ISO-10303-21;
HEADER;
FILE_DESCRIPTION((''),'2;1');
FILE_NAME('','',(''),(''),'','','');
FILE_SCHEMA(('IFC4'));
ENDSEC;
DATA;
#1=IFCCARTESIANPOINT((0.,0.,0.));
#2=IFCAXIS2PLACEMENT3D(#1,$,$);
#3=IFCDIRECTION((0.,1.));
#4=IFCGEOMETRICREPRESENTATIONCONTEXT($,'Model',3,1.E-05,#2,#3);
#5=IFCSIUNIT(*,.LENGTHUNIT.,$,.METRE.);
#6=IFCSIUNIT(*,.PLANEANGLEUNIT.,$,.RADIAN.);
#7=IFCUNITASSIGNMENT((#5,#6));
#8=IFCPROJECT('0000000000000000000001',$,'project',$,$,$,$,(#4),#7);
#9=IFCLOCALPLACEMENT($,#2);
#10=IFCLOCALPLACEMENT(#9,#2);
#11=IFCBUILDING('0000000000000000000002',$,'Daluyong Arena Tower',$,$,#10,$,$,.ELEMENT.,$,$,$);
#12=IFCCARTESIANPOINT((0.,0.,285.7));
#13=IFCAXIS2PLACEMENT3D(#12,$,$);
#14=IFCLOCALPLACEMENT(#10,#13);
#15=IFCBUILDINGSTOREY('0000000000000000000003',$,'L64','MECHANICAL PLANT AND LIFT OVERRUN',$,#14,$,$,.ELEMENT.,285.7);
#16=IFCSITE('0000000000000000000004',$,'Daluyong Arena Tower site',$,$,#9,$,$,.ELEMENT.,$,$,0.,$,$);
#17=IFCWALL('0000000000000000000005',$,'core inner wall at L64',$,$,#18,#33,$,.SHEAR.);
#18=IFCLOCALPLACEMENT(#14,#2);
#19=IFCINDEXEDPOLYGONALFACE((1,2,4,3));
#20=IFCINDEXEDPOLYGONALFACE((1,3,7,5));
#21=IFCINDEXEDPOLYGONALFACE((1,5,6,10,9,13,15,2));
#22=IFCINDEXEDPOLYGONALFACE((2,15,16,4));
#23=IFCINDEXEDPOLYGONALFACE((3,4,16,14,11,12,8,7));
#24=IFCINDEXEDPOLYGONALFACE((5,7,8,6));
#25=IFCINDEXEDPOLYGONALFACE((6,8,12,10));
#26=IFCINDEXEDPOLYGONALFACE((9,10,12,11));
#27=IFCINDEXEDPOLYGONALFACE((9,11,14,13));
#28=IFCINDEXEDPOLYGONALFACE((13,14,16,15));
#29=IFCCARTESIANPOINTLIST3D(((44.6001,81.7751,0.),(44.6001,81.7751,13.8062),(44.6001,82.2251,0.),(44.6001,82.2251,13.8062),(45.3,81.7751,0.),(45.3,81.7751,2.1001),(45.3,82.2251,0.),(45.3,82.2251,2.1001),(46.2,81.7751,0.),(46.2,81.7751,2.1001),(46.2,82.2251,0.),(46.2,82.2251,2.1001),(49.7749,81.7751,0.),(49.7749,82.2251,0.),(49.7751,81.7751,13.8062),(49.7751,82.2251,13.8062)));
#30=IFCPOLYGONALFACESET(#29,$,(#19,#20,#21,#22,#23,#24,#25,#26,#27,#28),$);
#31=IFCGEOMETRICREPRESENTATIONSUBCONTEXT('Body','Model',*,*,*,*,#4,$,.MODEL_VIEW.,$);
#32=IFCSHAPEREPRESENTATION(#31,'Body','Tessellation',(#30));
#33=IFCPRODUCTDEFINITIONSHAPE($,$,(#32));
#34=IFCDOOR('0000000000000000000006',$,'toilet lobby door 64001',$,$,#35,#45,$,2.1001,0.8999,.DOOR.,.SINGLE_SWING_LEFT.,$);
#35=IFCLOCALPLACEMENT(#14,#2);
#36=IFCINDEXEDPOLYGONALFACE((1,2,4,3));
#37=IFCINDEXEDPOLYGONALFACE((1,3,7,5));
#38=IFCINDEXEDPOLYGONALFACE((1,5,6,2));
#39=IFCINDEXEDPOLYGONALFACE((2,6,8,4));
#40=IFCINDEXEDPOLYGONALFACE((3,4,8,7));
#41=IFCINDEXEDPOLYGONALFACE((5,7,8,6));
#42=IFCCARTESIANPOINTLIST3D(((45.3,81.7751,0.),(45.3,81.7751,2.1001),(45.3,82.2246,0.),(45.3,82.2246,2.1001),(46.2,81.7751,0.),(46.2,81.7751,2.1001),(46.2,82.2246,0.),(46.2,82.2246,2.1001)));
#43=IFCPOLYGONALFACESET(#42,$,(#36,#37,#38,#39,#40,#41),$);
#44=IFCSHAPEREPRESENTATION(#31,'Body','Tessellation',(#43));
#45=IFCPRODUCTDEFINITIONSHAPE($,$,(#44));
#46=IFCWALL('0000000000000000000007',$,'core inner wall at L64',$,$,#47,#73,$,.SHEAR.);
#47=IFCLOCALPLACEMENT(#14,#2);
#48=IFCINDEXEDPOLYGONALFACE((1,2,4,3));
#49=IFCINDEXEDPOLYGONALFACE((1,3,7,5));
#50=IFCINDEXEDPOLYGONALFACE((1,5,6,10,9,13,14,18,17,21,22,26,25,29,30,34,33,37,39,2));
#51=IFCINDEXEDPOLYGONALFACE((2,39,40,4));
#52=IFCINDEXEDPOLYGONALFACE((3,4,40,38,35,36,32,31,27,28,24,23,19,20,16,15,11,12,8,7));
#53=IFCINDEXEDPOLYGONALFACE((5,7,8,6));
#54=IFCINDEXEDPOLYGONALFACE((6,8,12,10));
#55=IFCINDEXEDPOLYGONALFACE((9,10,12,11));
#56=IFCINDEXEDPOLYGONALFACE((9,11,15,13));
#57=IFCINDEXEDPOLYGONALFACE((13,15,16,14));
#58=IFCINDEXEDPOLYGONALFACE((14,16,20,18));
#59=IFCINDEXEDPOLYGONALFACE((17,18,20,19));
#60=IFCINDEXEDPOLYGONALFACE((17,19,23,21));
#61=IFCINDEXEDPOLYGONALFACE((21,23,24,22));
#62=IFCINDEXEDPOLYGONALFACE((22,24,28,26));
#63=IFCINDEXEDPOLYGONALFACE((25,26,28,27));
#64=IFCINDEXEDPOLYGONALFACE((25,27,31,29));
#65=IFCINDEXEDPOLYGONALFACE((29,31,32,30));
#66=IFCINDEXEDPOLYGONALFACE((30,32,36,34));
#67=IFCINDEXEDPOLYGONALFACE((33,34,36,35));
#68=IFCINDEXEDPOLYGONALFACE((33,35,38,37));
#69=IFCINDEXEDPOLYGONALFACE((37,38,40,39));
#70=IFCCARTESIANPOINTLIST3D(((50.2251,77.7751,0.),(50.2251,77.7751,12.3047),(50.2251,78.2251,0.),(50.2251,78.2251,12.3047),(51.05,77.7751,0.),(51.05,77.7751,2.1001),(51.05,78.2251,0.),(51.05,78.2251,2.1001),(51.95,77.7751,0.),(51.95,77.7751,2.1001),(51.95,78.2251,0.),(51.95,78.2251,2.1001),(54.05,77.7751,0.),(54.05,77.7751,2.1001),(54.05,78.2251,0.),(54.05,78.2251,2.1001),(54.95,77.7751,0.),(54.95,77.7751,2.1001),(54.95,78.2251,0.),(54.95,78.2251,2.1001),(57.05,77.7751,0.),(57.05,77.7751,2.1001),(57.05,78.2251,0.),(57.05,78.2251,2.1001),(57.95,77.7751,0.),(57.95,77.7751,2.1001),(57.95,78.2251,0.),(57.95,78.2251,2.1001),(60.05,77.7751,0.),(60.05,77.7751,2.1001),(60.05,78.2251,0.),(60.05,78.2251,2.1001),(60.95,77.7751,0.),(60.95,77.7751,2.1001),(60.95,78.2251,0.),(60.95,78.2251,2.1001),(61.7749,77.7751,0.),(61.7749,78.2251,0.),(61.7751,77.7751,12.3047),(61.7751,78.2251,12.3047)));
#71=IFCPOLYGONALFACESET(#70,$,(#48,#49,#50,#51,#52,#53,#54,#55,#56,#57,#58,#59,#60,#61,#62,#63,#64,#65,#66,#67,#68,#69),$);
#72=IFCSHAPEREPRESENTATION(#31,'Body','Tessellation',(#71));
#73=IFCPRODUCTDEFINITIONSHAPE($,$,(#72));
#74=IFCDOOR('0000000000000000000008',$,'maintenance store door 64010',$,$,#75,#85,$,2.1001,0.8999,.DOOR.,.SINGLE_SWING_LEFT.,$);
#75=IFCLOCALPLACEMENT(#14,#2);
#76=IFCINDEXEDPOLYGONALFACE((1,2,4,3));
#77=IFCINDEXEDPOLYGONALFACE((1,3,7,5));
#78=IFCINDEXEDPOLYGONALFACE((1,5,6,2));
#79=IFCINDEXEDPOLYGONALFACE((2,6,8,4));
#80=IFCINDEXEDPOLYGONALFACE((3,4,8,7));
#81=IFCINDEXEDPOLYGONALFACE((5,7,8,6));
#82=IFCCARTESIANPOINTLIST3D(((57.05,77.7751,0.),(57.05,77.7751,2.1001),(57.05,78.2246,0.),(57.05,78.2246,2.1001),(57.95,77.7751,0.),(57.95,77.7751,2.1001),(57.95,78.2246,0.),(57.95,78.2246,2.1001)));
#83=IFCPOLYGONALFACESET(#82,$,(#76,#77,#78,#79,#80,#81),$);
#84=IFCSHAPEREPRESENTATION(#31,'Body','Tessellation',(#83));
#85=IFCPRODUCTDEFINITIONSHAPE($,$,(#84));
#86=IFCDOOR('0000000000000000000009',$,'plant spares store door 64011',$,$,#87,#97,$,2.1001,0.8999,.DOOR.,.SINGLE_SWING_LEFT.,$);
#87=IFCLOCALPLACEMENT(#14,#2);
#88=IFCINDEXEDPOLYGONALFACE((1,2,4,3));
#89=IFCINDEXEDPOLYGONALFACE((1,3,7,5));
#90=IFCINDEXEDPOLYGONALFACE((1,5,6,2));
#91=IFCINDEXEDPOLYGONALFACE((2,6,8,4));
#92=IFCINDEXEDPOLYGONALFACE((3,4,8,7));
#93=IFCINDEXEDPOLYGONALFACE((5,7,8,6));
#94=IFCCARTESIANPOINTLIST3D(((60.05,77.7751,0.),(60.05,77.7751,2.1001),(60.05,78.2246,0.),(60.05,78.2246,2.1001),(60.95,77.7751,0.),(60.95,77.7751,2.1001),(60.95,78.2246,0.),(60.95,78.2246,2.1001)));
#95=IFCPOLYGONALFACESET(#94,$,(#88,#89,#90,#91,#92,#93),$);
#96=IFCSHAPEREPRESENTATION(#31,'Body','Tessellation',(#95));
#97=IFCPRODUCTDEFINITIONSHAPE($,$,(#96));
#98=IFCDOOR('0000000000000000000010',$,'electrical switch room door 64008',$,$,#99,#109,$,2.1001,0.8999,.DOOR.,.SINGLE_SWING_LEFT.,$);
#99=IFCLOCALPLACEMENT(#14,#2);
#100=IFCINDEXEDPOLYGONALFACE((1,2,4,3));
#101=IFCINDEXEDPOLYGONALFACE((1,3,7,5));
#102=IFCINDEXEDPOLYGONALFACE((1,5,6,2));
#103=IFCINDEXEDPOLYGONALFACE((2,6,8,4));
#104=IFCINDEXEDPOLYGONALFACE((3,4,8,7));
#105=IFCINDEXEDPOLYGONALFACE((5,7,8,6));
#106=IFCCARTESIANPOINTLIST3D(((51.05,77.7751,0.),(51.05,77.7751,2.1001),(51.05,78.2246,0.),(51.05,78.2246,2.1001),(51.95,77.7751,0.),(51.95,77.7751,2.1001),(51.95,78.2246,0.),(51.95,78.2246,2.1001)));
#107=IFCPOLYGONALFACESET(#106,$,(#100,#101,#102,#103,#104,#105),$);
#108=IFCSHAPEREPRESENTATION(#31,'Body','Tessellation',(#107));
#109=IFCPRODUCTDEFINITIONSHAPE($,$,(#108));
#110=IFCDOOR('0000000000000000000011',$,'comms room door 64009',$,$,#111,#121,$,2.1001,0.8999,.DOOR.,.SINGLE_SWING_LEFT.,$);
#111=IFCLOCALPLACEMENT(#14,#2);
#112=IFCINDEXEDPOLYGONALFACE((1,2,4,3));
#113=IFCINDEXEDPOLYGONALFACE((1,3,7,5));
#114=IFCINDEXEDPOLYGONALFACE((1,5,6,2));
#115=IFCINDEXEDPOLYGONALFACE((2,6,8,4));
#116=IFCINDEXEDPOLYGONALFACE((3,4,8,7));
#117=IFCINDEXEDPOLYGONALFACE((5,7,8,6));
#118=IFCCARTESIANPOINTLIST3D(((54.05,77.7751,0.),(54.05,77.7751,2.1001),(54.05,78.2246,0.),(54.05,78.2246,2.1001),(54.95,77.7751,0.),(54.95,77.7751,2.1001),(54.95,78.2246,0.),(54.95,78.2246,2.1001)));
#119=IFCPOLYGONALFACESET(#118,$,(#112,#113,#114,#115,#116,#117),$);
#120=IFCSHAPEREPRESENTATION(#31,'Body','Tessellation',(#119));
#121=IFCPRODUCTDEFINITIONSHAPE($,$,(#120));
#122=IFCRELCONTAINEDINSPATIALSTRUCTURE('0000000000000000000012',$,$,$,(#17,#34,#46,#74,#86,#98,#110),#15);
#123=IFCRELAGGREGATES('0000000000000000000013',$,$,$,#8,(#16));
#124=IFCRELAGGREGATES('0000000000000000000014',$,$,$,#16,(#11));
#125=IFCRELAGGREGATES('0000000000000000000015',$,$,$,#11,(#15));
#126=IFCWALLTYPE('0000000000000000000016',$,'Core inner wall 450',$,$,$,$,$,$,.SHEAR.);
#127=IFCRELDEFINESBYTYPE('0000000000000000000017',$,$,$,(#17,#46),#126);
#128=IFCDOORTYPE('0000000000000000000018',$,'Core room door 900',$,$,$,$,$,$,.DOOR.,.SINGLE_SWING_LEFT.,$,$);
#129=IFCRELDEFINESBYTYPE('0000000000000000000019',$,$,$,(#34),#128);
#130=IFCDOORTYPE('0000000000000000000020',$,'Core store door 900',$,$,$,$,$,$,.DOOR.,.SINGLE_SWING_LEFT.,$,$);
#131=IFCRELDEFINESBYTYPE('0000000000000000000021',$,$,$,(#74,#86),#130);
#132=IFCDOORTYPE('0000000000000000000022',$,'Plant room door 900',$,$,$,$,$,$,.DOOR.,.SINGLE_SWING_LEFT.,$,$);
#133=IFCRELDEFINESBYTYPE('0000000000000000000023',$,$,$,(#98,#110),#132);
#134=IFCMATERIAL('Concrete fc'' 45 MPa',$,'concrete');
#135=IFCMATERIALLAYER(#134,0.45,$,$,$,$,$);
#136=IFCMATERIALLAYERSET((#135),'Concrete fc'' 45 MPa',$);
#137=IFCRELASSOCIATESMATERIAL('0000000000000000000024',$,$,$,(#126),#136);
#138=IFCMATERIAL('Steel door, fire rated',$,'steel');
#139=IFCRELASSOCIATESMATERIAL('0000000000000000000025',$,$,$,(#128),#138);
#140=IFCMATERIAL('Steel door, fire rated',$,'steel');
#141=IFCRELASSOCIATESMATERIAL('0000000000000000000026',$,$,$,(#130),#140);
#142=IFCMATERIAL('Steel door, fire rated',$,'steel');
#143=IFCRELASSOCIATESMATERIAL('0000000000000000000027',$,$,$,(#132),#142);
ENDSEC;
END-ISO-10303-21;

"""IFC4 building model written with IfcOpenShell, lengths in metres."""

from ifc_helpers import new_model, si_unit, direction, frame, frame_2d, origin, place, context, subcontext, project, spatial, polyline, rectangle, outline, extrude, material, layer, layer_set, type_object, element, fill, save


model = new_model("IFC4")

# Units and contexts
model_context = context("Model", 3, precision=1e-05, world=origin(), true_north=direction((0.0, 1.0)))
body_context = subcontext(model_context, "Body", "Model", "MODEL_VIEW")
ifc_project = project(units=[si_unit("LENGTHUNIT", "METRE"), si_unit("PLANEANGLEUNIT", "RADIAN")], contexts=[model_context])

# Site, building, storey
site_placement = place(None, origin())
site = spatial("IfcSite", under=ifc_project, at=site_placement, Name="Daluyong Arena Tower site", CompositionType="ELEMENT", RefElevation=0.0)
building_placement = place(site_placement, origin())
building = spatial("IfcBuilding", under=site, at=building_placement, Name="Daluyong Arena Tower", CompositionType="ELEMENT")
storey_placement = place(building_placement, frame((0.0, 0.0, 285.7)))
storey = spatial("IfcBuildingStorey", under=building, at=storey_placement, Name="L64", Description="MECHANICAL PLANT AND LIFT OVERRUN", CompositionType="ELEMENT", Elevation=285.7)

# Wall, opening, door
ifc_material_1 = material(Name="Concrete fc' 45 MPa", Category="concrete")
ifc_layer = layer(ifc_material_1, 0.45)
ifc_layer_set = layer_set([ifc_layer], Name="Concrete fc' 45 MPa")
wall_type = type_object("IfcWallType", Name="Core inner wall 450", PredefinedType="SHEAR", material=ifc_layer_set)
wall_1_placement = place(storey_placement, frame((44.6001, 82.0, 0.0), z_axis=(0.0, 0.0, 1.0), x_axis=(1.0, 0.0, 0.0)))
wall_1 = element("IfcWall", 1, at=wall_1_placement, inside=storey, type_object=wall_type, Name="core inner wall at L64", PredefinedType="SHEAR", context=body_context, shape_type="SweptSolid", body=[
    extrude(outline(polyline([(0.0, 0.0), (5.1748, 0.0), (5.175, 13.8062), (0.0, 13.8062), (0.0, 0.0)])), frame((0.0, 0.2251, 0.0), z_axis=(0.0, -1.0, 0.0), x_axis=(1.0, 0.0, 0.0)), (0.0, 0.0, 1.0), 0.45),
])
opening_1_placement = place(wall_1_placement, frame((0.7, 0.0, 0.0)))
opening_1 = element("IfcOpeningElement", 2, at=opening_1_placement, cuts=wall_1, PredefinedType="OPENING", context=body_context, shape_type="SweptSolid", body=[
    extrude(rectangle(XDim=0.8999, YDim=2.1001, at=frame_2d((0.45, 1.05))), frame((0.0, 0.2349, 0.0), z_axis=(0.0, -1.0, 0.0), x_axis=(1.0, 0.0, 0.0)), (0.0, 0.0, 1.0), 0.47),
])
ifc_material_2 = material(Name="Steel door, fire rated", Category="steel")
door_type_1 = type_object("IfcDoorType", Name="Core room door 900", OperationType="SINGLE_SWING_LEFT", PredefinedType="DOOR", material=ifc_material_2)
door_1_placement = place(opening_1_placement, origin())
door_1 = element("IfcDoor", 3, at=door_1_placement, inside=storey, type_object=door_type_1, Name="toilet lobby door 64001", OperationType="SINGLE_SWING_LEFT", OverallHeight=2.1001, OverallWidth=0.8999, PredefinedType="DOOR", context=body_context, shape_type="SweptSolid", body=[
    extrude(rectangle(XDim=0.8999, YDim=2.1001, at=frame_2d((0.45, 1.05))), frame((0.0, 0.2246, 0.0), z_axis=(0.0, -1.0, 0.0), x_axis=(1.0, 0.0, 0.0)), (0.0, 0.0, 1.0), 0.4495),
])
fill(opening_1, door_1)

# Wall, openings, doors
wall_2_placement = place(storey_placement, frame((50.2251, 78.0, 0.0), z_axis=(0.0, 0.0, 1.0), x_axis=(1.0, 0.0, 0.0)))
wall_2 = element("IfcWall", 4, at=wall_2_placement, inside=storey, type_object=wall_type, Name="core inner wall at L64", PredefinedType="SHEAR", context=body_context, shape_type="SweptSolid", body=[
    extrude(outline(polyline([(0.0, 0.0), (11.5498, 0.0), (11.55, 12.3047), (0.0, 12.3047), (0.0, 0.0)])), frame((0.0, 0.2251, 0.0), z_axis=(0.0, -1.0, 0.0), x_axis=(1.0, 0.0, 0.0)), (0.0, 0.0, 1.0), 0.45),
])
opening_2_placement = place(wall_2_placement, frame((0.825, 0.0, 0.0)))
opening_2 = element("IfcOpeningElement", 5, at=opening_2_placement, cuts=wall_2, PredefinedType="OPENING", context=body_context, shape_type="SweptSolid", body=[
    extrude(rectangle(XDim=0.8999, YDim=2.1001, at=frame_2d((0.45, 1.05))), frame((0.0, 0.2349, 0.0), z_axis=(0.0, -1.0, 0.0), x_axis=(1.0, 0.0, 0.0)), (0.0, 0.0, 1.0), 0.47),
])
opening_3_placement = place(wall_2_placement, frame((3.825, 0.0, 0.0)))
opening_3 = element("IfcOpeningElement", 6, at=opening_3_placement, cuts=wall_2, PredefinedType="OPENING", context=body_context, shape_type="SweptSolid", body=[
    extrude(rectangle(XDim=0.8999, YDim=2.1001, at=frame_2d((0.45, 1.05))), frame((0.0, 0.2349, 0.0), z_axis=(0.0, -1.0, 0.0), x_axis=(1.0, 0.0, 0.0)), (0.0, 0.0, 1.0), 0.47),
])
opening_4_placement = place(wall_2_placement, frame((6.825, 0.0, 0.0)))
opening_4 = element("IfcOpeningElement", 7, at=opening_4_placement, cuts=wall_2, PredefinedType="OPENING", context=body_context, shape_type="SweptSolid", body=[
    extrude(rectangle(XDim=0.8999, YDim=2.1001, at=frame_2d((0.45, 1.05))), frame((0.0, 0.2349, 0.0), z_axis=(0.0, -1.0, 0.0), x_axis=(1.0, 0.0, 0.0)), (0.0, 0.0, 1.0), 0.47),
])
opening_5_placement = place(wall_2_placement, frame((9.825, 0.0, 0.0)))
opening_5 = element("IfcOpeningElement", 8, at=opening_5_placement, cuts=wall_2, PredefinedType="OPENING", context=body_context, shape_type="SweptSolid", body=[
    extrude(rectangle(XDim=0.8999, YDim=2.1001, at=frame_2d((0.45, 1.05))), frame((0.0, 0.2349, 0.0), z_axis=(0.0, -1.0, 0.0), x_axis=(1.0, 0.0, 0.0)), (0.0, 0.0, 1.0), 0.47),
])
ifc_material_3 = material(Name="Steel door, fire rated", Category="steel")
door_type_2 = type_object("IfcDoorType", Name="Core store door 900", OperationType="SINGLE_SWING_LEFT", PredefinedType="DOOR", material=ifc_material_3)
door_2_placement = place(opening_4_placement, origin())
door_2 = element("IfcDoor", 9, at=door_2_placement, inside=storey, type_object=door_type_2, Name="maintenance store door 64010", OperationType="SINGLE_SWING_LEFT", OverallHeight=2.1001, OverallWidth=0.8999, PredefinedType="DOOR", context=body_context, shape_type="SweptSolid", body=[
    extrude(rectangle(XDim=0.8999, YDim=2.1001, at=frame_2d((0.45, 1.05))), frame((0.0, 0.2246, 0.0), z_axis=(0.0, -1.0, 0.0), x_axis=(1.0, 0.0, 0.0)), (0.0, 0.0, 1.0), 0.4495),
])
fill(opening_4, door_2)
door_3_placement = place(opening_5_placement, origin())
door_3 = element("IfcDoor", 10, at=door_3_placement, inside=storey, type_object=door_type_2, Name="plant spares store door 64011", OperationType="SINGLE_SWING_LEFT", OverallHeight=2.1001, OverallWidth=0.8999, PredefinedType="DOOR", context=body_context, shape_type="SweptSolid", body=[
    extrude(rectangle(XDim=0.8999, YDim=2.1001, at=frame_2d((0.45, 1.05))), frame((0.0, 0.2246, 0.0), z_axis=(0.0, -1.0, 0.0), x_axis=(1.0, 0.0, 0.0)), (0.0, 0.0, 1.0), 0.4495),
])
fill(opening_5, door_3)
ifc_material_4 = material(Name="Steel door, fire rated", Category="steel")
door_type_3 = type_object("IfcDoorType", Name="Plant room door 900", OperationType="SINGLE_SWING_LEFT", PredefinedType="DOOR", material=ifc_material_4)
door_4_placement = place(opening_2_placement, origin())
door_4 = element("IfcDoor", 11, at=door_4_placement, inside=storey, type_object=door_type_3, Name="electrical switch room door 64008", OperationType="SINGLE_SWING_LEFT", OverallHeight=2.1001, OverallWidth=0.8999, PredefinedType="DOOR", context=body_context, shape_type="SweptSolid", body=[
    extrude(rectangle(XDim=0.8999, YDim=2.1001, at=frame_2d((0.45, 1.05))), frame((0.0, 0.2246, 0.0), z_axis=(0.0, -1.0, 0.0), x_axis=(1.0, 0.0, 0.0)), (0.0, 0.0, 1.0), 0.4495),
])
fill(opening_2, door_4)
door_5_placement = place(opening_3_placement, origin())
door_5 = element("IfcDoor", 12, at=door_5_placement, inside=storey, type_object=door_type_3, Name="comms room door 64009", OperationType="SINGLE_SWING_LEFT", OverallHeight=2.1001, OverallWidth=0.8999, PredefinedType="DOOR", context=body_context, shape_type="SweptSolid", body=[
    extrude(rectangle(XDim=0.8999, YDim=2.1001, at=frame_2d((0.45, 1.05))), frame((0.0, 0.2246, 0.0), z_axis=(0.0, -1.0, 0.0), x_axis=(1.0, 0.0, 0.0)), (0.0, 0.0, 1.0), 0.4495),
])
fill(opening_3, door_5)

save(model, "model.ifc")
